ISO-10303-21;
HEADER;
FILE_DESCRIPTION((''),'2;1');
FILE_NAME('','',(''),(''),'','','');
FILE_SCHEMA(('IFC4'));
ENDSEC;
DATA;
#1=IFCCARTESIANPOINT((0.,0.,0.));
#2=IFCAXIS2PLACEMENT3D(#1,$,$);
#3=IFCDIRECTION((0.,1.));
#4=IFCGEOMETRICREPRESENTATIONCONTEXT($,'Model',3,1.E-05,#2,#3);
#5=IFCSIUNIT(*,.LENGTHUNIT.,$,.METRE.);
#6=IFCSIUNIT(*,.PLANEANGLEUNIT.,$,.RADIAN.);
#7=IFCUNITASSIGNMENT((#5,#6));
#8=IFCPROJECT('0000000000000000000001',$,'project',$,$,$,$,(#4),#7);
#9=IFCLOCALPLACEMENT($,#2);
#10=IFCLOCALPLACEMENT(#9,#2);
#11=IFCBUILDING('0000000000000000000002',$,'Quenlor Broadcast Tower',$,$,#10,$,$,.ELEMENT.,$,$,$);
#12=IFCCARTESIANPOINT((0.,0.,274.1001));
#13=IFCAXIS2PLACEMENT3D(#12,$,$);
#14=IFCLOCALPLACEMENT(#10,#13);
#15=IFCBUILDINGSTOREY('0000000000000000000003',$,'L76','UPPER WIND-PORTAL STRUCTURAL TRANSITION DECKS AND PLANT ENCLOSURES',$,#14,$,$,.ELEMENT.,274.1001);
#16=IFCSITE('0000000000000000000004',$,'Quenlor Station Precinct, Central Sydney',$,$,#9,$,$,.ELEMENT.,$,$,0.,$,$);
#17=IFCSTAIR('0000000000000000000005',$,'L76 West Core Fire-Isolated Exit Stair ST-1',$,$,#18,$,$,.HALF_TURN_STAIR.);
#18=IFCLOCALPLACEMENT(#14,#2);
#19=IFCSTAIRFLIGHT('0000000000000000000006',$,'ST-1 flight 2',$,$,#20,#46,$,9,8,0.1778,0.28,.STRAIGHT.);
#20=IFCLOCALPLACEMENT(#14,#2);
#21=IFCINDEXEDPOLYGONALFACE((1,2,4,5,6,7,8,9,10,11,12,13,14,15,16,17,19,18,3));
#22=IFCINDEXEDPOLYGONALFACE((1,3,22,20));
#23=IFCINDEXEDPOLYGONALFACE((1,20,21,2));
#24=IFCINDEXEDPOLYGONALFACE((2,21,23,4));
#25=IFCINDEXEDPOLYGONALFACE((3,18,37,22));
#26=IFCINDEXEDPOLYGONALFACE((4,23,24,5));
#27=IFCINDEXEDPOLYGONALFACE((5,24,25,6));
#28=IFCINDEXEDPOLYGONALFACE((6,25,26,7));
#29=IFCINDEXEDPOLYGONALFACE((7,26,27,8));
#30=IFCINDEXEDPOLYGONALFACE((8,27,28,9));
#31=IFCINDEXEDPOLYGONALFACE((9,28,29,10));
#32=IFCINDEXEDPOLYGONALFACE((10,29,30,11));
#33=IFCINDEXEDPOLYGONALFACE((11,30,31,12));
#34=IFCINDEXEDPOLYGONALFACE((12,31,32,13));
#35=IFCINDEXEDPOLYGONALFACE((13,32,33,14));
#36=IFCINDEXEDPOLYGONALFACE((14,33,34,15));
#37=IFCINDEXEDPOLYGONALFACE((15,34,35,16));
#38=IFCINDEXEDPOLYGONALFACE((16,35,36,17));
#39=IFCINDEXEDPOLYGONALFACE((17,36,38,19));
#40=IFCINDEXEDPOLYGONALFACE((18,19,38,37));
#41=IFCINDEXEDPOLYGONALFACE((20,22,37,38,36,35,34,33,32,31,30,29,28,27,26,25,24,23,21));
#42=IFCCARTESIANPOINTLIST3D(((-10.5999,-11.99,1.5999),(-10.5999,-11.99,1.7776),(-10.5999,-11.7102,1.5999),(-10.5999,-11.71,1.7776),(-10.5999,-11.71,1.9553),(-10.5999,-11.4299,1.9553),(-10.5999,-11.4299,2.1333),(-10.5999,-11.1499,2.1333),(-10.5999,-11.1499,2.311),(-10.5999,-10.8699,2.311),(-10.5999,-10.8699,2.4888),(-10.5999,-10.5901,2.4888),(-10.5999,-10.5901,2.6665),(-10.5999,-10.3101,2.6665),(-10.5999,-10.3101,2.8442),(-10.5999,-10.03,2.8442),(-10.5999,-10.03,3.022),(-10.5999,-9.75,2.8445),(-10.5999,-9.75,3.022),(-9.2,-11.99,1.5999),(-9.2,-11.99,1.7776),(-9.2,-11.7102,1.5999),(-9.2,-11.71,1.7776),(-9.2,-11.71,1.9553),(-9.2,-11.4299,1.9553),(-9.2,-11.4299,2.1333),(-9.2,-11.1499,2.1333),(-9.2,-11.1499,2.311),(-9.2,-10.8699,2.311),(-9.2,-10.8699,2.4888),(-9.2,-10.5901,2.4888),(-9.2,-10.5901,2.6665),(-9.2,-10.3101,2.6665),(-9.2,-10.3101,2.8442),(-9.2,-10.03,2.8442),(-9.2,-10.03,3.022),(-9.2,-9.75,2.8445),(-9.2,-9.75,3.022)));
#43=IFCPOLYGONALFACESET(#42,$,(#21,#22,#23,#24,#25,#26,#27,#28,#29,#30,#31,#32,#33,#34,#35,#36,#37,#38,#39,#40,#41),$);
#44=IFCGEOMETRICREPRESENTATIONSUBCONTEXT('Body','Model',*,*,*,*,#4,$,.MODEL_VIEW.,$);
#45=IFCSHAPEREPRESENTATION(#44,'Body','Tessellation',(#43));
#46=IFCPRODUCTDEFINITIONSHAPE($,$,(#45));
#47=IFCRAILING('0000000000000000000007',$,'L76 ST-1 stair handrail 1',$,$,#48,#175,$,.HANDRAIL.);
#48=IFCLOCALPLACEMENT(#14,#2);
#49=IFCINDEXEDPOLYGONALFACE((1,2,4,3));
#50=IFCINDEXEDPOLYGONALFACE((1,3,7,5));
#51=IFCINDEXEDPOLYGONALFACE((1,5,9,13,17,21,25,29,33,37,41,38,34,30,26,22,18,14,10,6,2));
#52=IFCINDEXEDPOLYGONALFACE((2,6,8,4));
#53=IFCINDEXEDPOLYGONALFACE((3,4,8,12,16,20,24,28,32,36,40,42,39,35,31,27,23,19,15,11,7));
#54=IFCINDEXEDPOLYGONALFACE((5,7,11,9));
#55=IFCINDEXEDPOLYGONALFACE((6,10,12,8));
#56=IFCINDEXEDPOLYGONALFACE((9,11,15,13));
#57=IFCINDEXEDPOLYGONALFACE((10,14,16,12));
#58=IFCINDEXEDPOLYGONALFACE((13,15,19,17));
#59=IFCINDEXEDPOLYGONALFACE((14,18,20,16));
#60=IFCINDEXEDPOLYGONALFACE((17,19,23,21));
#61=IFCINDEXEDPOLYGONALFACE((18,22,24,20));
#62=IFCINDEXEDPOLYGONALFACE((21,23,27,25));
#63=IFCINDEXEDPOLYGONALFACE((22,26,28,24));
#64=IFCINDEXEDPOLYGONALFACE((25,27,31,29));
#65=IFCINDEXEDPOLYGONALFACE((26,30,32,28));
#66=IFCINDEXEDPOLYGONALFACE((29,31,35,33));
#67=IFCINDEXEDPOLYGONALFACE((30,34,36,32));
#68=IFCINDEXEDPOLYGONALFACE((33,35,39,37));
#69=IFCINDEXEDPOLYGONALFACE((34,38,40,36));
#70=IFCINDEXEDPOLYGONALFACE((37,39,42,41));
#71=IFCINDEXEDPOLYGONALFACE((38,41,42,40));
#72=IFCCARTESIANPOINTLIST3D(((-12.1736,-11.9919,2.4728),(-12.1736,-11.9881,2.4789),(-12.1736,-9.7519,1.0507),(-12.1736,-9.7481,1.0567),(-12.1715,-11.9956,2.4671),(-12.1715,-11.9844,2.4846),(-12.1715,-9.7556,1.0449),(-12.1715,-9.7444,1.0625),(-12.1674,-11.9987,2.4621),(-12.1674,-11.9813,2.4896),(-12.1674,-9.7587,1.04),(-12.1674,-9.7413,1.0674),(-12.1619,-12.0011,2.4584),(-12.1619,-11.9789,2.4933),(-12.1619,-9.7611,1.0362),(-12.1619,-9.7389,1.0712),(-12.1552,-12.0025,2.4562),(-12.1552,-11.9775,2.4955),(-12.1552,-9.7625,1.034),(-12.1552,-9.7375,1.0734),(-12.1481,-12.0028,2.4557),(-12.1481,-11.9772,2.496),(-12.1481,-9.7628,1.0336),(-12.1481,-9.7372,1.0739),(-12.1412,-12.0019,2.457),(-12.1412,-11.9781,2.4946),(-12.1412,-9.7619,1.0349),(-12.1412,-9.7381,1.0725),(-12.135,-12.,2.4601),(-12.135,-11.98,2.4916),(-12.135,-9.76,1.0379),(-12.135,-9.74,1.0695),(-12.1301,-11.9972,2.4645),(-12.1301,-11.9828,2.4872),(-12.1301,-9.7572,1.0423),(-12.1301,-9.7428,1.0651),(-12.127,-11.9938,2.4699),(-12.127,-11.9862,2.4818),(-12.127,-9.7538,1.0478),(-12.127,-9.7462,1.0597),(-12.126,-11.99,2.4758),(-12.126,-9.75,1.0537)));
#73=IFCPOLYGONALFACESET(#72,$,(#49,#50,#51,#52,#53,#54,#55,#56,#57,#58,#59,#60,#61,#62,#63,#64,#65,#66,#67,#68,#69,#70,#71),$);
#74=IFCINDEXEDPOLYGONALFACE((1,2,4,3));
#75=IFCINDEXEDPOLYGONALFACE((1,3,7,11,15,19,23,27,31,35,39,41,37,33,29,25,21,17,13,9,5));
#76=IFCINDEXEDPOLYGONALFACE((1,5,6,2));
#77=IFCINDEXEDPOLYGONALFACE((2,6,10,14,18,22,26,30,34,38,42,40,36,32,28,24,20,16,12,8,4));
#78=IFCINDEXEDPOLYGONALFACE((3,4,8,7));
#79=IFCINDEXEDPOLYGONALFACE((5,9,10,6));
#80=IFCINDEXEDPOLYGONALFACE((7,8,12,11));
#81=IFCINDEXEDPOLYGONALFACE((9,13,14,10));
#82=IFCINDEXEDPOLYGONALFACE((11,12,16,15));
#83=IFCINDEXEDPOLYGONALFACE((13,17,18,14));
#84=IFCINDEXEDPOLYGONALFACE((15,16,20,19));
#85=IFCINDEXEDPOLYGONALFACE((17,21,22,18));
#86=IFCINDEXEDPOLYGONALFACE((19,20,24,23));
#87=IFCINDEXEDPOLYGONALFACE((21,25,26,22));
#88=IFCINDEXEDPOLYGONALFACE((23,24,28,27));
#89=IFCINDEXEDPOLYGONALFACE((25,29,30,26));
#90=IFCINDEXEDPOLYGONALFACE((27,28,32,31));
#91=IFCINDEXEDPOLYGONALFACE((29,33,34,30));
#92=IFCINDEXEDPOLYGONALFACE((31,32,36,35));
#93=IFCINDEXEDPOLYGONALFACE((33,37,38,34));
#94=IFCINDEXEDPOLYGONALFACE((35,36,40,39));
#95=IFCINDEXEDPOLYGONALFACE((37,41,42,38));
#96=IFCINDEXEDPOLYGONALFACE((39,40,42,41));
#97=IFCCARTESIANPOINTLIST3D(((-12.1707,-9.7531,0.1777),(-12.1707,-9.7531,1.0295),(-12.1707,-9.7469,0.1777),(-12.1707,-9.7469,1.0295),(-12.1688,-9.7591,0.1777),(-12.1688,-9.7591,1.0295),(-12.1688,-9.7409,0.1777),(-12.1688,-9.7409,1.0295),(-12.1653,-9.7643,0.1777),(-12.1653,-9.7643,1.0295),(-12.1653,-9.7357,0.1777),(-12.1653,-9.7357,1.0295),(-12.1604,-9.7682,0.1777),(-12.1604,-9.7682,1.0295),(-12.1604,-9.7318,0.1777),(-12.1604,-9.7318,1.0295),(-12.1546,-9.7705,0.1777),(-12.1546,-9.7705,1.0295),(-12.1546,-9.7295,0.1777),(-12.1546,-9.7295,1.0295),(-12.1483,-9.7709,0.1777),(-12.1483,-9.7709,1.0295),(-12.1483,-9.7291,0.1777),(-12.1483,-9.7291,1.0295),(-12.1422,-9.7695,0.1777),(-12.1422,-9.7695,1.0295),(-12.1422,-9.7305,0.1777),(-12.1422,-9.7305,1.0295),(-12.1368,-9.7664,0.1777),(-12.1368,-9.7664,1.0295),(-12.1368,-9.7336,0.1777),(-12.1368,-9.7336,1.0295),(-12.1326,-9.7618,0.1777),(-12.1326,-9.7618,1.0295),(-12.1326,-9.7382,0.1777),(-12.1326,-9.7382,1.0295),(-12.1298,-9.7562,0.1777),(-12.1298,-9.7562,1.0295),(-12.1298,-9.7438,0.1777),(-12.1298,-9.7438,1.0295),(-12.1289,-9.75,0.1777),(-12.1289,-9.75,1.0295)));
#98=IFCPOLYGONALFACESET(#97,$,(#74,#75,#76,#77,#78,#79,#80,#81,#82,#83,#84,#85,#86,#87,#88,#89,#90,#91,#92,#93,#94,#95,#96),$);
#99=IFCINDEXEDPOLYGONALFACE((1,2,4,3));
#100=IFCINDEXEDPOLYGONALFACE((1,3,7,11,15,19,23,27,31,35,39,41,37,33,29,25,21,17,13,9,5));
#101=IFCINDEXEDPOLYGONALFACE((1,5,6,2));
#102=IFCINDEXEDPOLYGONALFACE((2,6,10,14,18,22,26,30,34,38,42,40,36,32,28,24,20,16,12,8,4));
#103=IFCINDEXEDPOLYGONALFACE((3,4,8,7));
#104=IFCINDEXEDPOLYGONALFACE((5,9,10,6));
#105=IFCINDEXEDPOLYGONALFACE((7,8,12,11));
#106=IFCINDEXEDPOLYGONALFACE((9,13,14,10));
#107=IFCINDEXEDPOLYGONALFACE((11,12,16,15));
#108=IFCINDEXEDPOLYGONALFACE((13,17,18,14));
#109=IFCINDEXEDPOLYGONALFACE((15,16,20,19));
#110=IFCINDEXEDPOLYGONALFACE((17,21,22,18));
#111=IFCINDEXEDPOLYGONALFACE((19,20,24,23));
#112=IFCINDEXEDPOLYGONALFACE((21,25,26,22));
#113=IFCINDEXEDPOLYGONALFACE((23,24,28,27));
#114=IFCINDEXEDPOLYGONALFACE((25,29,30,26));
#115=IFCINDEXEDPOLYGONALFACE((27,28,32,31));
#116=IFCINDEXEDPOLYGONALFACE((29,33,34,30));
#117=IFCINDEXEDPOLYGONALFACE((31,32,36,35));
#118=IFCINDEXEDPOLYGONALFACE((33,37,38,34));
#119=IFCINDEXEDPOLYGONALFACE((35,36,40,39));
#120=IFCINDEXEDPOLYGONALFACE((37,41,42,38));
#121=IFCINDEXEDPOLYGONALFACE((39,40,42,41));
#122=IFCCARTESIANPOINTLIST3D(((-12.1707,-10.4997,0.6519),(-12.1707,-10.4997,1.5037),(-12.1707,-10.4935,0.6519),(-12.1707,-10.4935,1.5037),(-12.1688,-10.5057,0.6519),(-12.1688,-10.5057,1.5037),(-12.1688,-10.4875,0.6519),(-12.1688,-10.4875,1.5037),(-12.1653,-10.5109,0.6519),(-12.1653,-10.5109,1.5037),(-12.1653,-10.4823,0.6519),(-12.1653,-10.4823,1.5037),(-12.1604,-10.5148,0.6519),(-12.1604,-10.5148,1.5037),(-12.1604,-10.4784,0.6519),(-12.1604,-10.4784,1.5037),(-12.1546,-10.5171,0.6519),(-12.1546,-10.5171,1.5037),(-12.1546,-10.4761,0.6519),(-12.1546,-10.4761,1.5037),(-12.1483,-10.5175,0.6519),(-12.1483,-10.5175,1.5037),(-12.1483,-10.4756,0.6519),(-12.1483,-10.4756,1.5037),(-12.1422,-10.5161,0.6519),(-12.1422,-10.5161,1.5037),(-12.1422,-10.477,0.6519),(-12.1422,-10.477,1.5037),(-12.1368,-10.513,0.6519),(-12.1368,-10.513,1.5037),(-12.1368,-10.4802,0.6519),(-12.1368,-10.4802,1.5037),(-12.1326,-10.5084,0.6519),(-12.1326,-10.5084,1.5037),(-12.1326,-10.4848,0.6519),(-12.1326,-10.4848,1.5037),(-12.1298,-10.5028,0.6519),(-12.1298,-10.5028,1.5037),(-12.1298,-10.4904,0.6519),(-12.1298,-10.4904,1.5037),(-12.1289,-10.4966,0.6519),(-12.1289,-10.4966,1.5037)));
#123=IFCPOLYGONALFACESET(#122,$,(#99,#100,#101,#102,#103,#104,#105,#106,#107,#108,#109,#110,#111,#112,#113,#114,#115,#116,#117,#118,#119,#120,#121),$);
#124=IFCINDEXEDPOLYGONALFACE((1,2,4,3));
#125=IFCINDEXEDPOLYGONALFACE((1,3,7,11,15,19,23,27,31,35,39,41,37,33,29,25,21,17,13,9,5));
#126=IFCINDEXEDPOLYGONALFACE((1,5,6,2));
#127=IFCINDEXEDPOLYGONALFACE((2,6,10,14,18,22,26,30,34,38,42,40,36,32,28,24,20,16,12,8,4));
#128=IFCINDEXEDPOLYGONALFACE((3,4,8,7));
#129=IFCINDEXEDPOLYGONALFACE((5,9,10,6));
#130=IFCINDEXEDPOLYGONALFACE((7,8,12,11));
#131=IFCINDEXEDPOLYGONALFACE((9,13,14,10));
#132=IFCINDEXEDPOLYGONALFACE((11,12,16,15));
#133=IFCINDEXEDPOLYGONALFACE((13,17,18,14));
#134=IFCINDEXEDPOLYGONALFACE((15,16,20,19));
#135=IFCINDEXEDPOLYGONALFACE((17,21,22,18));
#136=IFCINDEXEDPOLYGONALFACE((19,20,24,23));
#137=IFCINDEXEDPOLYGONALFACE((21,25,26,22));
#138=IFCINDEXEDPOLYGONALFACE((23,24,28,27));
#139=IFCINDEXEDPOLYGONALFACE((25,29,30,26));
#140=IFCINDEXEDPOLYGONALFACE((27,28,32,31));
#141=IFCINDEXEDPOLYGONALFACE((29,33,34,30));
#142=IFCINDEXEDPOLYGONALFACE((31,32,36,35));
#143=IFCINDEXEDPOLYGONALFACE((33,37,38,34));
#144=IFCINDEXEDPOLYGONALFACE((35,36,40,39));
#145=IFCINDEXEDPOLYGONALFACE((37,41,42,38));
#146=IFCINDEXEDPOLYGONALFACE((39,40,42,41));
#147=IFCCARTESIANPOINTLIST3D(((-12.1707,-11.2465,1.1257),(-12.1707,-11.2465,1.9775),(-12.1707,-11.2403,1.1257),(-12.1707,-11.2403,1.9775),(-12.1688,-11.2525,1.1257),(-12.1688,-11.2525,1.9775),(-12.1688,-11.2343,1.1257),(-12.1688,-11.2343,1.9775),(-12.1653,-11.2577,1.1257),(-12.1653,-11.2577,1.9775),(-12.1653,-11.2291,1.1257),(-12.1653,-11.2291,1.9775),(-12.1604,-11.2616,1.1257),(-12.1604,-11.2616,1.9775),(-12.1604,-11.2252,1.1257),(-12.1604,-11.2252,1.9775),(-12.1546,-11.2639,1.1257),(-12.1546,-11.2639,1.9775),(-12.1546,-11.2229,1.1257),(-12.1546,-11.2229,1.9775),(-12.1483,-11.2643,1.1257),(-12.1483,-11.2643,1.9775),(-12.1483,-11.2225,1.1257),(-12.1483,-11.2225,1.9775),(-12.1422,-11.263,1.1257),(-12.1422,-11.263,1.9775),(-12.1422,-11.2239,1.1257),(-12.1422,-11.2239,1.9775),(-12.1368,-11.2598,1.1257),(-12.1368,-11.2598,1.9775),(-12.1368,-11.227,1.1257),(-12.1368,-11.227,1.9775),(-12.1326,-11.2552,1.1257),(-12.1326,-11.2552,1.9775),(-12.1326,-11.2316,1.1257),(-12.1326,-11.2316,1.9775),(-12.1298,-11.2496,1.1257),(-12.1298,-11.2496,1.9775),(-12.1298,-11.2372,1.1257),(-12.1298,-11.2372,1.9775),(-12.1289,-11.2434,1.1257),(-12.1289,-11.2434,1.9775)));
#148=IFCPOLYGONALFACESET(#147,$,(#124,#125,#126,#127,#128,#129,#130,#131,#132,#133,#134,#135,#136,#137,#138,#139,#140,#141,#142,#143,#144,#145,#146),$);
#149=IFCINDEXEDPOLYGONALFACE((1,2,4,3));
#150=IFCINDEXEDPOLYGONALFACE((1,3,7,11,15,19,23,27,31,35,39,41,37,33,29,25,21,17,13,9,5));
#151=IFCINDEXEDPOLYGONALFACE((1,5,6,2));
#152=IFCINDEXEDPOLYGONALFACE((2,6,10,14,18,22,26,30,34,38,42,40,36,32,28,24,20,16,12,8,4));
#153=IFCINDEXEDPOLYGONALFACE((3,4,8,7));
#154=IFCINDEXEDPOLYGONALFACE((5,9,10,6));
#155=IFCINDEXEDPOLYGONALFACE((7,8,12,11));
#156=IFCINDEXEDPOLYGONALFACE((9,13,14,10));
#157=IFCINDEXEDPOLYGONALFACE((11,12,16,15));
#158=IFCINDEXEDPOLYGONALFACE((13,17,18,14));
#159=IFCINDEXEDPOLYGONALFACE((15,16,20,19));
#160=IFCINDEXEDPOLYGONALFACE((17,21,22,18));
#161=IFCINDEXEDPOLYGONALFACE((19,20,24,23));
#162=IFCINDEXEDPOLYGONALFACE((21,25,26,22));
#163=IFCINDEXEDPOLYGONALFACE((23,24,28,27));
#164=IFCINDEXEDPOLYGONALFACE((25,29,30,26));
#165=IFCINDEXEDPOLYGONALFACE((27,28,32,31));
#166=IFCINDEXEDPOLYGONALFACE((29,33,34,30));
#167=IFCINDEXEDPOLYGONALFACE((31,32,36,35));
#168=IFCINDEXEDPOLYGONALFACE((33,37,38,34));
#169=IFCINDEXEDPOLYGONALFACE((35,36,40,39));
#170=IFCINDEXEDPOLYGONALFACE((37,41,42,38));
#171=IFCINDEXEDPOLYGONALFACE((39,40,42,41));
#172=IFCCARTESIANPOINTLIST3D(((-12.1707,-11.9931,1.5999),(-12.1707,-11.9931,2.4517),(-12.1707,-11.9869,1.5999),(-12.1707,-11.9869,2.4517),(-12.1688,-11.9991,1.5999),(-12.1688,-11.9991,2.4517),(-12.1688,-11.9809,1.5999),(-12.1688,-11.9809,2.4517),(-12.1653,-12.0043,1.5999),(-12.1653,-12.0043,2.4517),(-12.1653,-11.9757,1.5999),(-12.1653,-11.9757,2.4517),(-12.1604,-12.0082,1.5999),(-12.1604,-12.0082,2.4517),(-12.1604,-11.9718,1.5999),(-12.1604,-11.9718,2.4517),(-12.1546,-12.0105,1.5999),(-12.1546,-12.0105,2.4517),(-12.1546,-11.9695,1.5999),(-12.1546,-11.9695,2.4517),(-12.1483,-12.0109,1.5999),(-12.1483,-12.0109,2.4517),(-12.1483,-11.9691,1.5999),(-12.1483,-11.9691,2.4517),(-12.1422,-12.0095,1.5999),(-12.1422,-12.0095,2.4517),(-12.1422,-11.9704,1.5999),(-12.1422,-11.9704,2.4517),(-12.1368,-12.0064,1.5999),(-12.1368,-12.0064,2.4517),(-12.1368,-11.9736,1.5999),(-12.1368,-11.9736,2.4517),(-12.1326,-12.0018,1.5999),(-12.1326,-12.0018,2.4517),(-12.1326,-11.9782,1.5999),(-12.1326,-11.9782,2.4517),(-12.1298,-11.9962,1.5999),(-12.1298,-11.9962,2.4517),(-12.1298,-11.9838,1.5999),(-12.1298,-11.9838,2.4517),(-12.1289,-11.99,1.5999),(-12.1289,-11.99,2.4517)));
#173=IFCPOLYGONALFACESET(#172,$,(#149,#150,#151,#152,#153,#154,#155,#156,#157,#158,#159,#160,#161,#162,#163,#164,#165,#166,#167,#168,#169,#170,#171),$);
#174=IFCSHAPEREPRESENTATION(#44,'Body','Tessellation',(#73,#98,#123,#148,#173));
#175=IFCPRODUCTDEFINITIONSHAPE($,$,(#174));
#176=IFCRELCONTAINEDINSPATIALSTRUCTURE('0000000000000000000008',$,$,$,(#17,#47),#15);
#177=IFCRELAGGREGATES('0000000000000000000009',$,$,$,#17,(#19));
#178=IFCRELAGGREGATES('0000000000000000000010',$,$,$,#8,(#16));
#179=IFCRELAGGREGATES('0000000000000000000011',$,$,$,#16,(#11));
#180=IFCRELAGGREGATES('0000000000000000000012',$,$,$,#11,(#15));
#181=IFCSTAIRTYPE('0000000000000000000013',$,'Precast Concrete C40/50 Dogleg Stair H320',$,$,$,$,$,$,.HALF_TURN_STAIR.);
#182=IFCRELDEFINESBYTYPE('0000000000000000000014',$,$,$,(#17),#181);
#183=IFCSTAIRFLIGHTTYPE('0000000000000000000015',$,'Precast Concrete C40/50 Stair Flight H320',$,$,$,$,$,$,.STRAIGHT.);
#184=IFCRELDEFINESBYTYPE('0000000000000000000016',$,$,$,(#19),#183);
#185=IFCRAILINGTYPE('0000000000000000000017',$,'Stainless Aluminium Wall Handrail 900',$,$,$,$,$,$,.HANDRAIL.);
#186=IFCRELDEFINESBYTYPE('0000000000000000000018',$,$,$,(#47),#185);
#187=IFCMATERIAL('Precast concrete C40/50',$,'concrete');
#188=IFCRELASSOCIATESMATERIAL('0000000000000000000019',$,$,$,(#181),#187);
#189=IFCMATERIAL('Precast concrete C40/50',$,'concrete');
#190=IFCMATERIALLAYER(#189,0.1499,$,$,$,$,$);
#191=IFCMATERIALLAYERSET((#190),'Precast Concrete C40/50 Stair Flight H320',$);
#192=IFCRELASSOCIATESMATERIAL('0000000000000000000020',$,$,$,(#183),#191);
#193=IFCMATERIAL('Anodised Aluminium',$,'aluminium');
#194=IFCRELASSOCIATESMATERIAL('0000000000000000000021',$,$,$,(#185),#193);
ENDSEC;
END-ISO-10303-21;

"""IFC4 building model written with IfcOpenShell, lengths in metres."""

from ifc_helpers import new_model, si_unit, direction, frame, origin, origin_2d, place, context, subcontext, project, spatial, polyline, circle, outline, extrude, material, layer, layer_set, type_object, element, aggregate, save


model = new_model("IFC4")

# Units and contexts
model_context = context("Model", 3, precision=1e-05, world=origin(), true_north=direction((0.0, 1.0)))
body_context = subcontext(model_context, "Body", "Model", "MODEL_VIEW")
ifc_project = project(units=[si_unit("LENGTHUNIT", "METRE"), si_unit("PLANEANGLEUNIT", "RADIAN")], contexts=[model_context])

# Site, building, storey
site_placement = place(None, origin())
site = spatial("IfcSite", under=ifc_project, at=site_placement, Name="Quenlor Station Precinct, Central Sydney", CompositionType="ELEMENT", RefElevation=0.0)
building_placement = place(site_placement, origin())
building = spatial("IfcBuilding", under=site, at=building_placement, Name="Quenlor Broadcast Tower", CompositionType="ELEMENT")
storey_placement = place(building_placement, frame((0.0, 0.0, 274.1001)))
storey = spatial("IfcBuildingStorey", under=building, at=storey_placement, Name="L76", Description="UPPER WIND-PORTAL STRUCTURAL TRANSITION DECKS AND PLANT ENCLOSURES", CompositionType="ELEMENT", Elevation=274.1001)

# Stair, stair flight
ifc_material_1 = material(Name="Precast concrete C40/50", Category="concrete")
stair_type = type_object("IfcStairType", Name="Precast Concrete C40/50 Dogleg Stair H320", PredefinedType="HALF_TURN_STAIR", material=ifc_material_1)
stair_placement = place(storey_placement, origin())
stair = element("IfcStair", 1, at=stair_placement, inside=storey, type_object=stair_type, Name="L76 West Core Fire-Isolated Exit Stair ST-1", PredefinedType="HALF_TURN_STAIR")
ifc_material_2 = material(Name="Precast concrete C40/50", Category="concrete")
ifc_layer_1 = layer(ifc_material_2, 0.1499)
ifc_layer_set_1 = layer_set([ifc_layer_1], Name="Precast Concrete C40/50 Stair Flight H320")
stair_flight_type = type_object("IfcStairFlightType", Name="Precast Concrete C40/50 Stair Flight H320", PredefinedType="STRAIGHT", material=ifc_layer_set_1)
stair_flight_1_placement = place(storey_placement, frame((-9.8999, -11.99, 1.5999), z_axis=(0.0, 0.0, 1.0), x_axis=(0.0, 1.0, 0.0)))
stair_flight_1 = element("IfcStairFlight", 2, at=stair_flight_1_placement, type_object=stair_flight_type, Name="ST-1 flight 2", NumberOfRisers=9, NumberOfTreads=8, PredefinedType="STRAIGHT", RiserHeight=0.1778, TreadLength=0.28, context=body_context, shape_type="SweptSolid", body=[
    extrude(outline(polyline([(0.0, 0.0), (0.0, 0.1777), (0.28, 0.1777), (0.28, 0.3555), (0.5601, 0.3555), (0.5601, 0.5334), (0.8401, 0.5334), (0.8401, 0.7112), (1.1201, 0.7112), (1.1201, 0.8889), (1.3999, 0.8889), (1.3999, 1.0667), (1.6799, 1.0667), (1.6799, 1.2444), (1.96, 1.2444), (1.96, 1.4221), (2.24, 1.4221), (2.24, 1.6001), (2.24, 1.2446), (0.2798, 0.0), (0.0, 0.0)])), frame((0.0, 0.7, 0.0), z_axis=(0.0, -1.0, 0.0), x_axis=(1.0, 0.0, 0.0)), (0.0, 0.0, 1.0), 1.3999),
])
aggregate(stair, [stair_flight_1])

# Railing
ifc_material_3 = material(Name="Anodised Aluminium", Category="aluminium")
railing_type_1 = type_object("IfcRailingType", Name="Stainless Aluminium Wall Handrail 900", PredefinedType="HANDRAIL", material=ifc_material_3)
railing_1_placement = place(storey_placement, frame((-12.1499, -9.75, 0.1777)))
element("IfcRailing", 3, at=railing_1_placement, inside=storey, type_object=railing_type_1, Name="L76 ST-1 stair handrail 1", PredefinedType="HANDRAIL", context=body_context, shape_type="SweptSolid", body=[
    extrude(circle(Radius=0.0239, at=origin_2d()), frame((0.0, 0.0, 0.876), z_axis=(0.0, -0.844229, 0.535982), x_axis=(1.0, 0.0, 0.0)), (0.0, 0.0, 1.0), 2.6533),
    extrude(circle(Radius=0.021, at=origin_2d()), origin(), (0.0, 0.0, 1.0), 0.8518),
    extrude(circle(Radius=0.021, at=origin_2d()), frame((0.0, -0.7466, 0.4741)), (0.0, 0.0, 1.0), 0.8518),
    extrude(circle(Radius=0.021, at=origin_2d()), frame((0.0, -1.4934, 0.948)), (0.0, 0.0, 1.0), 0.8518),
    extrude(circle(Radius=0.021, at=origin_2d()), frame((0.0, -2.24, 1.4221)), (0.0, 0.0, 1.0), 0.8518),
])

save(model, "model.ifc")
